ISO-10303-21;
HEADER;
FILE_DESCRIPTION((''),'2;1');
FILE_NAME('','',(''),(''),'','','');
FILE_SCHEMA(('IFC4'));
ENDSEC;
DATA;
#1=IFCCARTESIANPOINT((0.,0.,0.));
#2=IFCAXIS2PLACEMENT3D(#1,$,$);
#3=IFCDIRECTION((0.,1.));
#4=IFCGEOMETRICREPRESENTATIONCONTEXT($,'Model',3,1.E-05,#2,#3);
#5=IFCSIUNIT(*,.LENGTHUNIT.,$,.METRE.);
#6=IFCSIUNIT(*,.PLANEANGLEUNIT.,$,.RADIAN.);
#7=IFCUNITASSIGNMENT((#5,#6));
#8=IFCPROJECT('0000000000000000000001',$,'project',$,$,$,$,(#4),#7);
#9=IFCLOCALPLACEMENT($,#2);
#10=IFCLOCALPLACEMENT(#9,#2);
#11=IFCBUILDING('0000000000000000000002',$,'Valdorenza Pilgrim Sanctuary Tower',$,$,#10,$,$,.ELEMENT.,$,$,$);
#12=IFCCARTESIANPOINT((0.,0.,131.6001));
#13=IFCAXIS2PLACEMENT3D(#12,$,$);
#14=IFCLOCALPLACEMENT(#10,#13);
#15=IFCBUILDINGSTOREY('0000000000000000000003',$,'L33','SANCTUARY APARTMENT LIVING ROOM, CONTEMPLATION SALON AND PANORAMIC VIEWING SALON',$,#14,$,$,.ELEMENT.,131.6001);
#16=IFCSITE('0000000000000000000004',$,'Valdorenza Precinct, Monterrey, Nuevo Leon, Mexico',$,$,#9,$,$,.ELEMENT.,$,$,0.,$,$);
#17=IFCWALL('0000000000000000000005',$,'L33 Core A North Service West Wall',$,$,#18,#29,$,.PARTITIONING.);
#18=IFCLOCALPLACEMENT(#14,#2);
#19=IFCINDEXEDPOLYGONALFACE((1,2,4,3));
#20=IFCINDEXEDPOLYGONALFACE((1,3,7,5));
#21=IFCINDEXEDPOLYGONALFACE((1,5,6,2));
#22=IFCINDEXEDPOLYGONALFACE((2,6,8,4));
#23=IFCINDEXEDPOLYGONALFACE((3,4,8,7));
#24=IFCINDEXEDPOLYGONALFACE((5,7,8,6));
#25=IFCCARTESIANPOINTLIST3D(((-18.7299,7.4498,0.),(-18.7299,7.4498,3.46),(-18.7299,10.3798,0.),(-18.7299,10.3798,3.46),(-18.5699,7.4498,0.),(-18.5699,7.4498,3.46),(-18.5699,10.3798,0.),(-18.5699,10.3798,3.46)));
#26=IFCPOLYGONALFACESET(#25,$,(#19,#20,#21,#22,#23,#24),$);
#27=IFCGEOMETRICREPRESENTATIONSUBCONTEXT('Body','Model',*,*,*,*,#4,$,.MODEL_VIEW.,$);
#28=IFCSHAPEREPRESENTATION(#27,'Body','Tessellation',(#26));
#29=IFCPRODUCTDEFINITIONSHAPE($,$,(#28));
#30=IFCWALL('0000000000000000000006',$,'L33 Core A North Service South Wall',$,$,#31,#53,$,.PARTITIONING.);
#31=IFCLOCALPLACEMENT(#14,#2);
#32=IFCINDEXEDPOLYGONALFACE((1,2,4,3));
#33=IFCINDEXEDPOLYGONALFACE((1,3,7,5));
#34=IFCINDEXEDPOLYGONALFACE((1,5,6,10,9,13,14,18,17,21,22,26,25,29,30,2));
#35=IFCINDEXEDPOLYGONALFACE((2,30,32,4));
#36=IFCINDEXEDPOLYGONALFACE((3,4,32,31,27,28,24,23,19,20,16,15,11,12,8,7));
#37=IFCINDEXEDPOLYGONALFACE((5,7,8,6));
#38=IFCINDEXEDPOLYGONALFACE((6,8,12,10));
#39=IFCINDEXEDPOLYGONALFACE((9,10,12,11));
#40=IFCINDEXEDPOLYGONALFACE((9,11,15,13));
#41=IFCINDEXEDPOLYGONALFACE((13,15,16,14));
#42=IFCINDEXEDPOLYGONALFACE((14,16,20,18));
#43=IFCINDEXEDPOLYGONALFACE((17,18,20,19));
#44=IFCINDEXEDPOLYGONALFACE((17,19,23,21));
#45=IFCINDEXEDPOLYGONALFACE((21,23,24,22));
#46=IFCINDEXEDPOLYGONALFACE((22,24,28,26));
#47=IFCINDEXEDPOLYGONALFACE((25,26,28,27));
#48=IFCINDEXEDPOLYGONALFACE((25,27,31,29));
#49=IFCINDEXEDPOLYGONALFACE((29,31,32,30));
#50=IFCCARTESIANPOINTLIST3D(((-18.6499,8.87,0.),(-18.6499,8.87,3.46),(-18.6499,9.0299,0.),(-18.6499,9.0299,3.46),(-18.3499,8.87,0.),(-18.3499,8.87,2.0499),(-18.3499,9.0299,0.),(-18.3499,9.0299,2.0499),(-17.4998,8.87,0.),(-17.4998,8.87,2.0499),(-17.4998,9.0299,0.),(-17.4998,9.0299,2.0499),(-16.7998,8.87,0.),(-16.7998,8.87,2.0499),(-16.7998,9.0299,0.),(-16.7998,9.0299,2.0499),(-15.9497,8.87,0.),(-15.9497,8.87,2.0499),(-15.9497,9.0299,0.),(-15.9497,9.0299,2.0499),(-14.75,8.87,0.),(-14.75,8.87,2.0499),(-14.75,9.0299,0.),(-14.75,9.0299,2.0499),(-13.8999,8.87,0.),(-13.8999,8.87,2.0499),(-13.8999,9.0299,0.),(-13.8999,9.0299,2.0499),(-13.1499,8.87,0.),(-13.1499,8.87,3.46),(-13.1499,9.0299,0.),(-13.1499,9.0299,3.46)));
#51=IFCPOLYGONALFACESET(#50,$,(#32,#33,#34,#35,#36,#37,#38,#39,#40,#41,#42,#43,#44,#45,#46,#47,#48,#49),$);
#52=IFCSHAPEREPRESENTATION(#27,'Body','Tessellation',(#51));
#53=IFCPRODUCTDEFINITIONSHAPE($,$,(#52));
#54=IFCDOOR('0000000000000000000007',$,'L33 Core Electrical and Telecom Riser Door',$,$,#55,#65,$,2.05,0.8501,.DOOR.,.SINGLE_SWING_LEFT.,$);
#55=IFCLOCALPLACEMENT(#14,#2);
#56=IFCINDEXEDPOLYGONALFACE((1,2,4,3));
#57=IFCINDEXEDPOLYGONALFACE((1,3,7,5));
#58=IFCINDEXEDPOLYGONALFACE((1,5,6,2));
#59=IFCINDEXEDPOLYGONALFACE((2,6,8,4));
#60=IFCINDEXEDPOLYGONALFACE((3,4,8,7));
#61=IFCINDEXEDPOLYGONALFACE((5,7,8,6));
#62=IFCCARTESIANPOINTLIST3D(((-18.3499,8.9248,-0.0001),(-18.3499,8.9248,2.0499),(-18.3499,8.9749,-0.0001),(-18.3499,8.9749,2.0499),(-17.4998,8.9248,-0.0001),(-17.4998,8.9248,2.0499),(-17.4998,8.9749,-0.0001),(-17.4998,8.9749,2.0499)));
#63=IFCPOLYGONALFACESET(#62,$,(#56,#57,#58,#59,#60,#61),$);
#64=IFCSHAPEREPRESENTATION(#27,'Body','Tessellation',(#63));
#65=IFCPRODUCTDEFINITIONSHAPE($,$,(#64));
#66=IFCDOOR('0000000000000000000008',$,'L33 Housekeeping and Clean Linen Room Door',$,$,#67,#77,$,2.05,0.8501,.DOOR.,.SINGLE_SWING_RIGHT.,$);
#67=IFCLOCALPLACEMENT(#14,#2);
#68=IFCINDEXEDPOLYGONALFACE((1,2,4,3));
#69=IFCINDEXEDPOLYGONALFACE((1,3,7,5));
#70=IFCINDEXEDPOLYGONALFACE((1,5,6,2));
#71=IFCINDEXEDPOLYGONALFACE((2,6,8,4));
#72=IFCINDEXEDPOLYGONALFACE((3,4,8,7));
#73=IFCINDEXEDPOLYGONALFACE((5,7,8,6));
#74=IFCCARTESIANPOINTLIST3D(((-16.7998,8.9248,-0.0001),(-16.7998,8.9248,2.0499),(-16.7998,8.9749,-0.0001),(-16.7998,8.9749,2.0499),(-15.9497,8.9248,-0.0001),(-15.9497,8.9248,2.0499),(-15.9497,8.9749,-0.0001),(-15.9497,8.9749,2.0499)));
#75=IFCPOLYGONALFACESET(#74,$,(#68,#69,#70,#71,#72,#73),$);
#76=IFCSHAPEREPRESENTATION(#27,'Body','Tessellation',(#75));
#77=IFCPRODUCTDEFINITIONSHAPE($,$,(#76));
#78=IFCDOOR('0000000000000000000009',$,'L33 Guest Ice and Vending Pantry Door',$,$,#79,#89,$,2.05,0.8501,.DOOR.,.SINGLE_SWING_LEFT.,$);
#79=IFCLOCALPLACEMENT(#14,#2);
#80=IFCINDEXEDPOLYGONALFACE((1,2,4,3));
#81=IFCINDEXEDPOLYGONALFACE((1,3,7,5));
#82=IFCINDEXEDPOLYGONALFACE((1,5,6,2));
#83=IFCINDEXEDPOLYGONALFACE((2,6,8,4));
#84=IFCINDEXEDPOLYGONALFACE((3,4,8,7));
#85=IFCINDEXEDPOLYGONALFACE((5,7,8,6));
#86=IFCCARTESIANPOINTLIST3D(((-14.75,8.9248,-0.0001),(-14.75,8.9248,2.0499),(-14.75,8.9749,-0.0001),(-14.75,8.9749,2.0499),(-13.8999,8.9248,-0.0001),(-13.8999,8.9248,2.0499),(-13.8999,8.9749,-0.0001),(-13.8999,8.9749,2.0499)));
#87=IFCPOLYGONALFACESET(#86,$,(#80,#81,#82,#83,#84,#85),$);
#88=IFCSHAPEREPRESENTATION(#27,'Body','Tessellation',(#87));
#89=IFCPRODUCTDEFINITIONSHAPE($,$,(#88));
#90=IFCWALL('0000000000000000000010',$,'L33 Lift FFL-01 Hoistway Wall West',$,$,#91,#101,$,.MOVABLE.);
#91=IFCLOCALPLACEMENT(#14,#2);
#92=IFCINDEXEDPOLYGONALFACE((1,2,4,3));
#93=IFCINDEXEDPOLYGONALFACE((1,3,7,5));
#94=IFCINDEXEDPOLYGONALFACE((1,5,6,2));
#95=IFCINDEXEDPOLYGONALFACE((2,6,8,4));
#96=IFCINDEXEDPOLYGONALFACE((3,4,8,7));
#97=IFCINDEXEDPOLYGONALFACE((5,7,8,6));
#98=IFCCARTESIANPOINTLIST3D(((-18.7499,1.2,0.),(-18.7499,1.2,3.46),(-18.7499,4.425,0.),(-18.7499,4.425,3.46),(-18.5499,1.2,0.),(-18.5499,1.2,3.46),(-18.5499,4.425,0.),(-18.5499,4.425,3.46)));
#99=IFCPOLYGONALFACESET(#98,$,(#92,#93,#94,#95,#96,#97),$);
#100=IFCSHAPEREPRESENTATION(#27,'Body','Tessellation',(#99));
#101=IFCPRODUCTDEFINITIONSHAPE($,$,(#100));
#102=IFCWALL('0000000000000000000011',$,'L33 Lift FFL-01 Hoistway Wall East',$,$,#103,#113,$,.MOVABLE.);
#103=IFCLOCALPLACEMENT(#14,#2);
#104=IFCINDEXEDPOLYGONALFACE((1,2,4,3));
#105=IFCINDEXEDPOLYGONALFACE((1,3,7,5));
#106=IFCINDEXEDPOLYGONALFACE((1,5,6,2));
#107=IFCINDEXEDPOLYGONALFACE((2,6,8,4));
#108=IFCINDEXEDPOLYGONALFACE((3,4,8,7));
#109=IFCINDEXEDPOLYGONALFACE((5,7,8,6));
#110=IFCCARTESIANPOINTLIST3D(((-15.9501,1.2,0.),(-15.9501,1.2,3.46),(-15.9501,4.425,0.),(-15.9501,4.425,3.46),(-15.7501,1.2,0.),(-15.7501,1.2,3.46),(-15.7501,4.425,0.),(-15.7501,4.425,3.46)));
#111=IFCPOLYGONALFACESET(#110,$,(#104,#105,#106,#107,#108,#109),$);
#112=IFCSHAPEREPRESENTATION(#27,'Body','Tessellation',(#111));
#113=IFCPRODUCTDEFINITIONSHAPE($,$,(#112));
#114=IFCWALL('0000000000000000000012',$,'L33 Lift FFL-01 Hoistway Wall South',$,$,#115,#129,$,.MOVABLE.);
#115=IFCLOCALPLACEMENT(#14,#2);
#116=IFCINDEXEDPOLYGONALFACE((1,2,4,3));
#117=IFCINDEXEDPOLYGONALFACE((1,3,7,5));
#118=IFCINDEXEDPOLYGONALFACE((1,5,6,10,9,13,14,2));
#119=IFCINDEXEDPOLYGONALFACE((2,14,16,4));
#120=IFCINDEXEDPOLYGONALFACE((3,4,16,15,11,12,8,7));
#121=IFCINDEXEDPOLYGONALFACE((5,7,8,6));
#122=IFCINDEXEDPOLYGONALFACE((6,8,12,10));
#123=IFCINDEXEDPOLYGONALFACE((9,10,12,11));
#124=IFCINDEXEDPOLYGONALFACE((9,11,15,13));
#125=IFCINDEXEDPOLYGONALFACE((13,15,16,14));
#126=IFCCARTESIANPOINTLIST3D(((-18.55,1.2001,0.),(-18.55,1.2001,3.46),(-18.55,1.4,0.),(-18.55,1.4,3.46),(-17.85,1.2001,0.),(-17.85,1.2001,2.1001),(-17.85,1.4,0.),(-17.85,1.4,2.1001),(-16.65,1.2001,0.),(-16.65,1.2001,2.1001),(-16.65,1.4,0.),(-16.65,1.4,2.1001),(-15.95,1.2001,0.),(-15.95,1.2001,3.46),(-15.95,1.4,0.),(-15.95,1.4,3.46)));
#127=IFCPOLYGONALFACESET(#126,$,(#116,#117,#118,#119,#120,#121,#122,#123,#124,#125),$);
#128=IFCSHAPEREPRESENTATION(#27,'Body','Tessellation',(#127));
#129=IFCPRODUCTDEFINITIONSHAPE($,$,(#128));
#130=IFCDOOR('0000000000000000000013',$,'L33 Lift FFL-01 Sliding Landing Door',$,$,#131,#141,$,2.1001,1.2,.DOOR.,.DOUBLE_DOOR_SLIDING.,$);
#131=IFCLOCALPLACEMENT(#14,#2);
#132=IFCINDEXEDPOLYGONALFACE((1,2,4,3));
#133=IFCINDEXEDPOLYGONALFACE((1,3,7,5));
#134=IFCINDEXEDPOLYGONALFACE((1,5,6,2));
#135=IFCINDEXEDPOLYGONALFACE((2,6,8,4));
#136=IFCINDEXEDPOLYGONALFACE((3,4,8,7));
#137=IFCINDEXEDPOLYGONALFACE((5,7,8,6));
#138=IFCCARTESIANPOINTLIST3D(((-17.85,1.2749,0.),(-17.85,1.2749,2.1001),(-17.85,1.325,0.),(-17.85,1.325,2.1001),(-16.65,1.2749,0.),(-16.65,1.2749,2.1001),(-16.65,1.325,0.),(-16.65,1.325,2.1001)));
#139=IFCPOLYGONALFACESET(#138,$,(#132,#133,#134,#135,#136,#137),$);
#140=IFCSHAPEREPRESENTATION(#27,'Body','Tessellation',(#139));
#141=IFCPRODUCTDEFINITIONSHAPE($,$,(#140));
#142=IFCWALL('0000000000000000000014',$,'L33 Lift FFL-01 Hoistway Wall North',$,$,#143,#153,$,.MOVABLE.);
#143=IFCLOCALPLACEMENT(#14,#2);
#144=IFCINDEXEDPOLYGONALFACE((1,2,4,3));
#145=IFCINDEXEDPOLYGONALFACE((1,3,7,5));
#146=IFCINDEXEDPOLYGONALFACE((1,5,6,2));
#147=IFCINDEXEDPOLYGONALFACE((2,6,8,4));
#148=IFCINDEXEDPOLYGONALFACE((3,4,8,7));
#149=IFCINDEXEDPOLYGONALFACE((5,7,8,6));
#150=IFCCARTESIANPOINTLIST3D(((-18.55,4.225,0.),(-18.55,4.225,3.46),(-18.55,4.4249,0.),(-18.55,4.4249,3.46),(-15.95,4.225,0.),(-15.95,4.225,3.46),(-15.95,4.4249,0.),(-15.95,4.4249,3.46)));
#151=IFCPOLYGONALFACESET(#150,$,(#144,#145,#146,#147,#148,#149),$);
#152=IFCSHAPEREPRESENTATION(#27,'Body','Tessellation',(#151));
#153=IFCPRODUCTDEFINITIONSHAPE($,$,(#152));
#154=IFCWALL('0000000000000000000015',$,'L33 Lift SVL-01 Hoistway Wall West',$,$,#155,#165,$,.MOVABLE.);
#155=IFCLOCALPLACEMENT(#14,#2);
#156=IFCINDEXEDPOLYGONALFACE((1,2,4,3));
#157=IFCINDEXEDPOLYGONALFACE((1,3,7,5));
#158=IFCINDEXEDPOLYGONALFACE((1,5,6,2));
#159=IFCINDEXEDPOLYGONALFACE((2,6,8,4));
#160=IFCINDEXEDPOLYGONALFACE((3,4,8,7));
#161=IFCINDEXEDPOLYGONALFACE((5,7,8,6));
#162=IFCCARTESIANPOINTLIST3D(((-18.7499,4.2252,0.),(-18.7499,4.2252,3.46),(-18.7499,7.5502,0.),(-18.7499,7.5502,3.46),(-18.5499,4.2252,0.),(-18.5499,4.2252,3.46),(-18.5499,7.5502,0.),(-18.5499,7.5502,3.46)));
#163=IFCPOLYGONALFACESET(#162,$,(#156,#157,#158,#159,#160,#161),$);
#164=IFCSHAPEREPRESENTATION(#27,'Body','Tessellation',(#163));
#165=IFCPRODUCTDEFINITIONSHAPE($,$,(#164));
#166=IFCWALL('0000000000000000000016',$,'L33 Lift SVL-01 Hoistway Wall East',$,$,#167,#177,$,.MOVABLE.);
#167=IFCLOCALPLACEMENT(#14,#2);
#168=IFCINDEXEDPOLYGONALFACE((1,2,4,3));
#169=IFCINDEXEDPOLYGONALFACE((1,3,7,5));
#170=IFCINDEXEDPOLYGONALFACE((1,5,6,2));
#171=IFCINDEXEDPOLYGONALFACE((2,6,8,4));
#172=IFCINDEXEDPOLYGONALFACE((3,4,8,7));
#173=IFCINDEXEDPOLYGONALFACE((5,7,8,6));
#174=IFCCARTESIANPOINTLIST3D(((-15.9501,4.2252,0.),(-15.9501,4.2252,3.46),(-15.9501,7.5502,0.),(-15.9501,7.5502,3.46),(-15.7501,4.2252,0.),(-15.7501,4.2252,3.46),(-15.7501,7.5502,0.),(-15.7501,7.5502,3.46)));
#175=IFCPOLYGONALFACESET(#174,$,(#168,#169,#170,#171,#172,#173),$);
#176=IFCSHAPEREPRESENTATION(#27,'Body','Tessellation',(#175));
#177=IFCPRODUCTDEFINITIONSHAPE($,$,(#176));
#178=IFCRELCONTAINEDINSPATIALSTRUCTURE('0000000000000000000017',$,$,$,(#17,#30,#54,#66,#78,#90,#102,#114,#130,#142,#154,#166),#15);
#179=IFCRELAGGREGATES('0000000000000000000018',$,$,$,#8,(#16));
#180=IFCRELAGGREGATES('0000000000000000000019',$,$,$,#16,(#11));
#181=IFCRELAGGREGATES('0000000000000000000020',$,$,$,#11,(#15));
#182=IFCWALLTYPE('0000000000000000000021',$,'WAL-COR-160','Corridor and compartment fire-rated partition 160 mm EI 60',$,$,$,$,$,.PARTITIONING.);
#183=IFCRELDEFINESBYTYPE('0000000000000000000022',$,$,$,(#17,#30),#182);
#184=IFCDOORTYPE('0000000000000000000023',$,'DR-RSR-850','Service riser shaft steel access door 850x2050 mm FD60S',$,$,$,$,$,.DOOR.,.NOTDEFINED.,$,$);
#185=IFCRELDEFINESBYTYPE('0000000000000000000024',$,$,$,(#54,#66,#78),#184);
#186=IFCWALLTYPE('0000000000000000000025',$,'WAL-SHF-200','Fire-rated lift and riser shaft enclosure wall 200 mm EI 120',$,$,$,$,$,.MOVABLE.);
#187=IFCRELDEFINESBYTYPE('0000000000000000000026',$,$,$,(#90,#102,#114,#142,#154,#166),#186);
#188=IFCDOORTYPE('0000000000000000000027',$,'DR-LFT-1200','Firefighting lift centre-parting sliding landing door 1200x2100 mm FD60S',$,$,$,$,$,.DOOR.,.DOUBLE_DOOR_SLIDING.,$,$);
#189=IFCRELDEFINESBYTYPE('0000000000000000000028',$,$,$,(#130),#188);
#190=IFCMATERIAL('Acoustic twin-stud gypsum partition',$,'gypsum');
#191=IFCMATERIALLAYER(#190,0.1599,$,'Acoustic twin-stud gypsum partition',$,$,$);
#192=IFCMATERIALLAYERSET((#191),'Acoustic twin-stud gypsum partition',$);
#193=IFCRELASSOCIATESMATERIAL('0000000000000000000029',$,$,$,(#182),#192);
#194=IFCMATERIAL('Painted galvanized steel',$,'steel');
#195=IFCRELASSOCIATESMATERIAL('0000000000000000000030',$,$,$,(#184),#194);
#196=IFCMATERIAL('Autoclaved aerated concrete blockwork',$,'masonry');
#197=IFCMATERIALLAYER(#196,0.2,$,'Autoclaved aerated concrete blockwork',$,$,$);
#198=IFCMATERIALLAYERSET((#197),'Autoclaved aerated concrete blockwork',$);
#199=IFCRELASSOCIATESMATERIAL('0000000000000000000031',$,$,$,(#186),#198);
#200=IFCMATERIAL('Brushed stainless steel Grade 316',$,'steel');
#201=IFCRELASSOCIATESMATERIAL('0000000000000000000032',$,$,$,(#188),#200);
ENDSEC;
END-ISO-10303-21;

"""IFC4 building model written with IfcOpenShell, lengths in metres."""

from ifc_helpers import new_model, si_unit, direction, frame, frame_2d, origin, place, context, subcontext, project, spatial, rectangle, extrude, material, layer, layer_set, type_object, element, fill, save


model = new_model("IFC4")

# Units and contexts
model_context = context("Model", 3, precision=1e-05, world=origin(), true_north=direction((0.0, 1.0)))
body_context = subcontext(model_context, "Body", "Model", "MODEL_VIEW")
ifc_project = project(units=[si_unit("LENGTHUNIT", "METRE"), si_unit("PLANEANGLEUNIT", "RADIAN")], contexts=[model_context])

# Site, building, storey
site_placement = place(None, origin())
site = spatial("IfcSite", under=ifc_project, at=site_placement, Name="Valdorenza Precinct, Monterrey, Nuevo Leon, Mexico", CompositionType="ELEMENT", RefElevation=0.0)
building_placement = place(site_placement, origin())
building = spatial("IfcBuilding", under=site, at=building_placement, Name="Valdorenza Pilgrim Sanctuary Tower", CompositionType="ELEMENT")
storey_placement = place(building_placement, frame((0.0, 0.0, 131.6001)))
storey = spatial("IfcBuildingStorey", under=building, at=storey_placement, Name="L33", Description="SANCTUARY APARTMENT LIVING ROOM, CONTEMPLATION SALON AND PANORAMIC VIEWING SALON", CompositionType="ELEMENT", Elevation=131.6001)

# Wall
ifc_material_1 = material(Name="Acoustic twin-stud gypsum partition", Category="gypsum")
ifc_layer_1 = layer(ifc_material_1, 0.1599, Name="Acoustic twin-stud gypsum partition")
ifc_layer_set_1 = layer_set([ifc_layer_1], Name="Acoustic twin-stud gypsum partition")
wall_type_1 = type_object("IfcWallType", Name="WAL-COR-160", Description="Corridor and compartment fire-rated partition 160 mm EI 60", PredefinedType="PARTITIONING", material=ifc_layer_set_1)
wall_1_placement = place(storey_placement, frame((-18.6499, 7.45, 0.0), z_axis=(0.0, 0.0, 1.0), x_axis=(0.0, 1.0, 0.0)))
element("IfcWall", 1, at=wall_1_placement, inside=storey, type_object=wall_type_1, Name="L33 Core A North Service West Wall", PredefinedType="PARTITIONING", context=body_context, shape_type="SweptSolid", body=[
    extrude(rectangle(XDim=2.9299, YDim=0.1599, at=frame_2d((1.4648, 0.0))), origin(), (0.0, 0.0, 1.0), 3.46),
])

# Wall, openings, doors
wall_2_placement = place(storey_placement, frame((-18.6499, 8.95, 0.0), z_axis=(0.0, 0.0, 1.0), x_axis=(1.0, 0.0, 0.0)))
wall_2 = element("IfcWall", 2, at=wall_2_placement, inside=storey, type_object=wall_type_1, Name="L33 Core A North Service South Wall", PredefinedType="PARTITIONING", context=body_context, shape_type="SweptSolid", body=[
    extrude(rectangle(XDim=5.5, YDim=0.1599, at=frame_2d((2.75, 0.0))), origin(), (0.0, 0.0, 1.0), 3.46),
])
opening_1_placement = place(wall_2_placement, frame((0.3, 0.0, 0.0)))
opening_1 = element("IfcOpeningElement", 3, at=opening_1_placement, cuts=wall_2, PredefinedType="OPENING", context=body_context, shape_type="SweptSolid", body=[
    extrude(rectangle(XDim=0.8501, YDim=2.05, at=frame_2d((0.425, 1.0249))), frame((0.0, 0.0947, 0.0), z_axis=(0.0, -1.0, 0.0), x_axis=(1.0, 0.0, 0.0)), (0.0, 0.0, 1.0), 0.1897),
])
opening_2_placement = place(wall_2_placement, frame((1.8501, 0.0, 0.0)))
opening_2 = element("IfcOpeningElement", 4, at=opening_2_placement, cuts=wall_2, PredefinedType="OPENING", context=body_context, shape_type="SweptSolid", body=[
    extrude(rectangle(XDim=0.8501, YDim=2.05, at=frame_2d((0.425, 1.0249))), frame((0.0, 0.0947, 0.0), z_axis=(0.0, -1.0, 0.0), x_axis=(1.0, 0.0, 0.0)), (0.0, 0.0, 1.0), 0.1897),
])
opening_3_placement = place(wall_2_placement, frame((3.8999, 0.0, 0.0)))
opening_3 = element("IfcOpeningElement", 5, at=opening_3_placement, cuts=wall_2, PredefinedType="OPENING", context=body_context, shape_type="SweptSolid", body=[
    extrude(rectangle(XDim=0.8501, YDim=2.05, at=frame_2d((0.425, 1.0249))), frame((0.0, 0.0947, 0.0), z_axis=(0.0, -1.0, 0.0), x_axis=(1.0, 0.0, 0.0)), (0.0, 0.0, 1.0), 0.1897),
])
ifc_material_2 = material(Name="Painted galvanized steel", Category="steel")
door_type_1 = type_object("IfcDoorType", Name="DR-RSR-850", Description="Service riser shaft steel access door 850x2050 mm FD60S", OperationType="NOTDEFINED", PredefinedType="DOOR", material=ifc_material_2)
door_1_placement = place(opening_1_placement, origin())
door_1 = element("IfcDoor", 6, at=door_1_placement, inside=storey, type_object=door_type_1, Name="L33 Core Electrical and Telecom Riser Door", OperationType="SINGLE_SWING_LEFT", OverallHeight=2.05, OverallWidth=0.8501, PredefinedType="DOOR", context=body_context, shape_type="SweptSolid", body=[
    extrude(rectangle(XDim=0.8501, YDim=2.05, at=frame_2d((0.425, 1.0249))), frame((0.0, 0.0249, 0.0), z_axis=(0.0, -1.0, 0.0), x_axis=(1.0, 0.0, 0.0)), (0.0, 0.0, 1.0), 0.05),
])
fill(opening_1, door_1)
door_2_placement = place(opening_2_placement, origin())
door_2 = element("IfcDoor", 7, at=door_2_placement, inside=storey, type_object=door_type_1, Name="L33 Housekeeping and Clean Linen Room Door", OperationType="SINGLE_SWING_RIGHT", OverallHeight=2.05, OverallWidth=0.8501, PredefinedType="DOOR", context=body_context, shape_type="SweptSolid", body=[
    extrude(rectangle(XDim=0.8501, YDim=2.05, at=frame_2d((0.425, 1.0249))), frame((0.0, 0.0249, 0.0), z_axis=(0.0, -1.0, 0.0), x_axis=(1.0, 0.0, 0.0)), (0.0, 0.0, 1.0), 0.05),
])
fill(opening_2, door_2)
door_3_placement = place(opening_3_placement, origin())
door_3 = element("IfcDoor", 8, at=door_3_placement, inside=storey, type_object=door_type_1, Name="L33 Guest Ice and Vending Pantry Door", OperationType="SINGLE_SWING_LEFT", OverallHeight=2.05, OverallWidth=0.8501, PredefinedType="DOOR", context=body_context, shape_type="SweptSolid", body=[
    extrude(rectangle(XDim=0.8501, YDim=2.05, at=frame_2d((0.425, 1.0249))), frame((0.0, 0.0249, 0.0), z_axis=(0.0, -1.0, 0.0), x_axis=(1.0, 0.0, 0.0)), (0.0, 0.0, 1.0), 0.05),
])
fill(opening_3, door_3)

# Walls
ifc_material_3 = material(Name="Autoclaved aerated concrete blockwork", Category="masonry")
ifc_layer_2 = layer(ifc_material_3, 0.2, Name="Autoclaved aerated concrete blockwork")
ifc_layer_set_2 = layer_set([ifc_layer_2], Name="Autoclaved aerated concrete blockwork")
wall_type_2 = type_object("IfcWallType", Name="WAL-SHF-200", Description="Fire-rated lift and riser shaft enclosure wall 200 mm EI 120", PredefinedType="MOVABLE", material=ifc_layer_set_2)
for number, where, z_axis, x_axis, name in (
    (9, (-18.6499, 1.2, 0.0), (0.0, 0.0, 1.0), (0.0, 1.0, 0.0), "L33 Lift FFL-01 Hoistway Wall West"),
    (10, (-15.8501, 1.2, 0.0), (0.0, 0.0, 1.0), (0.0, 1.0, 0.0), "L33 Lift FFL-01 Hoistway Wall East"),
):
    element("IfcWall", number, at=place(storey_placement, frame(where, z_axis=z_axis, x_axis=x_axis)), inside=storey, type_object=wall_type_2, Name=name, PredefinedType="MOVABLE", context=body_context, shape_type="SweptSolid", body=[
        extrude(rectangle(XDim=3.2251, YDim=0.2, at=frame_2d((1.6125, 0.0))), origin(), (0.0, 0.0, 1.0), 3.46),
    ])

# Wall, opening, door
wall_3_placement = place(storey_placement, frame((-18.55, 1.3, 0.0), z_axis=(0.0, 0.0, 1.0), x_axis=(1.0, 0.0, 0.0)))
wall_3 = element("IfcWall", 11, at=wall_3_placement, inside=storey, type_object=wall_type_2, Name="L33 Lift FFL-01 Hoistway Wall South", PredefinedType="MOVABLE", context=body_context, shape_type="SweptSolid", body=[
    extrude(rectangle(XDim=2.6001, YDim=0.2, at=frame_2d((1.3, 0.0))), origin(), (0.0, 0.0, 1.0), 3.46),
])
opening_4_placement = place(wall_3_placement, frame((0.7, 0.0, 0.0)))
opening_4 = element("IfcOpeningElement", 12, at=opening_4_placement, cuts=wall_3, PredefinedType="OPENING", context=body_context, shape_type="SweptSolid", body=[
    extrude(rectangle(XDim=1.2, YDim=2.1001, at=frame_2d((0.6001, 1.05))), frame((0.0, 0.1147, 0.0), z_axis=(0.0, -1.0, 0.0), x_axis=(1.0, 0.0, 0.0)), (0.0, 0.0, 1.0), 0.2297),
])
ifc_material_4 = material(Name="Brushed stainless steel Grade 316", Category="steel")
door_type_2 = type_object("IfcDoorType", Name="DR-LFT-1200", Description="Firefighting lift centre-parting sliding landing door 1200x2100 mm FD60S", OperationType="DOUBLE_DOOR_SLIDING", PredefinedType="DOOR", material=ifc_material_4)
door_4_placement = place(opening_4_placement, origin())
door_4 = element("IfcDoor", 13, at=door_4_placement, inside=storey, type_object=door_type_2, Name="L33 Lift FFL-01 Sliding Landing Door", OperationType="DOUBLE_DOOR_SLIDING", OverallHeight=2.1001, OverallWidth=1.2, PredefinedType="DOOR", context=body_context, shape_type="SweptSolid", body=[
    extrude(rectangle(XDim=1.2, YDim=2.1001, at=frame_2d((0.6001, 1.05))), frame((0.0, 0.0249, 0.0), z_axis=(0.0, -1.0, 0.0), x_axis=(1.0, 0.0, 0.0)), (0.0, 0.0, 1.0), 0.05),
])
fill(opening_4, door_4)

# Walls
wall_4_placement = place(storey_placement, frame((-18.55, 4.325, 0.0), z_axis=(0.0, 0.0, 1.0), x_axis=(1.0, 0.0, 0.0)))
element("IfcWall", 14, at=wall_4_placement, inside=storey, type_object=wall_type_2, Name="L33 Lift FFL-01 Hoistway Wall North", PredefinedType="MOVABLE", context=body_context, shape_type="SweptSolid", body=[
    extrude(rectangle(XDim=2.6001, YDim=0.2, at=frame_2d((1.3, 0.0))), origin(), (0.0, 0.0, 1.0), 3.46),
])
for number, where, z_axis, x_axis, name in (
    (15, (-18.6499, 4.2251, 0.0), (0.0, 0.0, 1.0), (0.0, 1.0, 0.0), "L33 Lift SVL-01 Hoistway Wall West"),
    (16, (-15.8501, 4.2251, 0.0), (0.0, 0.0, 1.0), (0.0, 1.0, 0.0), "L33 Lift SVL-01 Hoistway Wall East"),
):
    element("IfcWall", number, at=place(storey_placement, frame(where, z_axis=z_axis, x_axis=x_axis)), inside=storey, type_object=wall_type_2, Name=name, PredefinedType="MOVABLE", context=body_context, shape_type="SweptSolid", body=[
        extrude(rectangle(XDim=3.325, YDim=0.2, at=frame_2d((1.6626, 0.0))), origin(), (0.0, 0.0, 1.0), 3.46),
    ])

save(model, "model.ifc")
